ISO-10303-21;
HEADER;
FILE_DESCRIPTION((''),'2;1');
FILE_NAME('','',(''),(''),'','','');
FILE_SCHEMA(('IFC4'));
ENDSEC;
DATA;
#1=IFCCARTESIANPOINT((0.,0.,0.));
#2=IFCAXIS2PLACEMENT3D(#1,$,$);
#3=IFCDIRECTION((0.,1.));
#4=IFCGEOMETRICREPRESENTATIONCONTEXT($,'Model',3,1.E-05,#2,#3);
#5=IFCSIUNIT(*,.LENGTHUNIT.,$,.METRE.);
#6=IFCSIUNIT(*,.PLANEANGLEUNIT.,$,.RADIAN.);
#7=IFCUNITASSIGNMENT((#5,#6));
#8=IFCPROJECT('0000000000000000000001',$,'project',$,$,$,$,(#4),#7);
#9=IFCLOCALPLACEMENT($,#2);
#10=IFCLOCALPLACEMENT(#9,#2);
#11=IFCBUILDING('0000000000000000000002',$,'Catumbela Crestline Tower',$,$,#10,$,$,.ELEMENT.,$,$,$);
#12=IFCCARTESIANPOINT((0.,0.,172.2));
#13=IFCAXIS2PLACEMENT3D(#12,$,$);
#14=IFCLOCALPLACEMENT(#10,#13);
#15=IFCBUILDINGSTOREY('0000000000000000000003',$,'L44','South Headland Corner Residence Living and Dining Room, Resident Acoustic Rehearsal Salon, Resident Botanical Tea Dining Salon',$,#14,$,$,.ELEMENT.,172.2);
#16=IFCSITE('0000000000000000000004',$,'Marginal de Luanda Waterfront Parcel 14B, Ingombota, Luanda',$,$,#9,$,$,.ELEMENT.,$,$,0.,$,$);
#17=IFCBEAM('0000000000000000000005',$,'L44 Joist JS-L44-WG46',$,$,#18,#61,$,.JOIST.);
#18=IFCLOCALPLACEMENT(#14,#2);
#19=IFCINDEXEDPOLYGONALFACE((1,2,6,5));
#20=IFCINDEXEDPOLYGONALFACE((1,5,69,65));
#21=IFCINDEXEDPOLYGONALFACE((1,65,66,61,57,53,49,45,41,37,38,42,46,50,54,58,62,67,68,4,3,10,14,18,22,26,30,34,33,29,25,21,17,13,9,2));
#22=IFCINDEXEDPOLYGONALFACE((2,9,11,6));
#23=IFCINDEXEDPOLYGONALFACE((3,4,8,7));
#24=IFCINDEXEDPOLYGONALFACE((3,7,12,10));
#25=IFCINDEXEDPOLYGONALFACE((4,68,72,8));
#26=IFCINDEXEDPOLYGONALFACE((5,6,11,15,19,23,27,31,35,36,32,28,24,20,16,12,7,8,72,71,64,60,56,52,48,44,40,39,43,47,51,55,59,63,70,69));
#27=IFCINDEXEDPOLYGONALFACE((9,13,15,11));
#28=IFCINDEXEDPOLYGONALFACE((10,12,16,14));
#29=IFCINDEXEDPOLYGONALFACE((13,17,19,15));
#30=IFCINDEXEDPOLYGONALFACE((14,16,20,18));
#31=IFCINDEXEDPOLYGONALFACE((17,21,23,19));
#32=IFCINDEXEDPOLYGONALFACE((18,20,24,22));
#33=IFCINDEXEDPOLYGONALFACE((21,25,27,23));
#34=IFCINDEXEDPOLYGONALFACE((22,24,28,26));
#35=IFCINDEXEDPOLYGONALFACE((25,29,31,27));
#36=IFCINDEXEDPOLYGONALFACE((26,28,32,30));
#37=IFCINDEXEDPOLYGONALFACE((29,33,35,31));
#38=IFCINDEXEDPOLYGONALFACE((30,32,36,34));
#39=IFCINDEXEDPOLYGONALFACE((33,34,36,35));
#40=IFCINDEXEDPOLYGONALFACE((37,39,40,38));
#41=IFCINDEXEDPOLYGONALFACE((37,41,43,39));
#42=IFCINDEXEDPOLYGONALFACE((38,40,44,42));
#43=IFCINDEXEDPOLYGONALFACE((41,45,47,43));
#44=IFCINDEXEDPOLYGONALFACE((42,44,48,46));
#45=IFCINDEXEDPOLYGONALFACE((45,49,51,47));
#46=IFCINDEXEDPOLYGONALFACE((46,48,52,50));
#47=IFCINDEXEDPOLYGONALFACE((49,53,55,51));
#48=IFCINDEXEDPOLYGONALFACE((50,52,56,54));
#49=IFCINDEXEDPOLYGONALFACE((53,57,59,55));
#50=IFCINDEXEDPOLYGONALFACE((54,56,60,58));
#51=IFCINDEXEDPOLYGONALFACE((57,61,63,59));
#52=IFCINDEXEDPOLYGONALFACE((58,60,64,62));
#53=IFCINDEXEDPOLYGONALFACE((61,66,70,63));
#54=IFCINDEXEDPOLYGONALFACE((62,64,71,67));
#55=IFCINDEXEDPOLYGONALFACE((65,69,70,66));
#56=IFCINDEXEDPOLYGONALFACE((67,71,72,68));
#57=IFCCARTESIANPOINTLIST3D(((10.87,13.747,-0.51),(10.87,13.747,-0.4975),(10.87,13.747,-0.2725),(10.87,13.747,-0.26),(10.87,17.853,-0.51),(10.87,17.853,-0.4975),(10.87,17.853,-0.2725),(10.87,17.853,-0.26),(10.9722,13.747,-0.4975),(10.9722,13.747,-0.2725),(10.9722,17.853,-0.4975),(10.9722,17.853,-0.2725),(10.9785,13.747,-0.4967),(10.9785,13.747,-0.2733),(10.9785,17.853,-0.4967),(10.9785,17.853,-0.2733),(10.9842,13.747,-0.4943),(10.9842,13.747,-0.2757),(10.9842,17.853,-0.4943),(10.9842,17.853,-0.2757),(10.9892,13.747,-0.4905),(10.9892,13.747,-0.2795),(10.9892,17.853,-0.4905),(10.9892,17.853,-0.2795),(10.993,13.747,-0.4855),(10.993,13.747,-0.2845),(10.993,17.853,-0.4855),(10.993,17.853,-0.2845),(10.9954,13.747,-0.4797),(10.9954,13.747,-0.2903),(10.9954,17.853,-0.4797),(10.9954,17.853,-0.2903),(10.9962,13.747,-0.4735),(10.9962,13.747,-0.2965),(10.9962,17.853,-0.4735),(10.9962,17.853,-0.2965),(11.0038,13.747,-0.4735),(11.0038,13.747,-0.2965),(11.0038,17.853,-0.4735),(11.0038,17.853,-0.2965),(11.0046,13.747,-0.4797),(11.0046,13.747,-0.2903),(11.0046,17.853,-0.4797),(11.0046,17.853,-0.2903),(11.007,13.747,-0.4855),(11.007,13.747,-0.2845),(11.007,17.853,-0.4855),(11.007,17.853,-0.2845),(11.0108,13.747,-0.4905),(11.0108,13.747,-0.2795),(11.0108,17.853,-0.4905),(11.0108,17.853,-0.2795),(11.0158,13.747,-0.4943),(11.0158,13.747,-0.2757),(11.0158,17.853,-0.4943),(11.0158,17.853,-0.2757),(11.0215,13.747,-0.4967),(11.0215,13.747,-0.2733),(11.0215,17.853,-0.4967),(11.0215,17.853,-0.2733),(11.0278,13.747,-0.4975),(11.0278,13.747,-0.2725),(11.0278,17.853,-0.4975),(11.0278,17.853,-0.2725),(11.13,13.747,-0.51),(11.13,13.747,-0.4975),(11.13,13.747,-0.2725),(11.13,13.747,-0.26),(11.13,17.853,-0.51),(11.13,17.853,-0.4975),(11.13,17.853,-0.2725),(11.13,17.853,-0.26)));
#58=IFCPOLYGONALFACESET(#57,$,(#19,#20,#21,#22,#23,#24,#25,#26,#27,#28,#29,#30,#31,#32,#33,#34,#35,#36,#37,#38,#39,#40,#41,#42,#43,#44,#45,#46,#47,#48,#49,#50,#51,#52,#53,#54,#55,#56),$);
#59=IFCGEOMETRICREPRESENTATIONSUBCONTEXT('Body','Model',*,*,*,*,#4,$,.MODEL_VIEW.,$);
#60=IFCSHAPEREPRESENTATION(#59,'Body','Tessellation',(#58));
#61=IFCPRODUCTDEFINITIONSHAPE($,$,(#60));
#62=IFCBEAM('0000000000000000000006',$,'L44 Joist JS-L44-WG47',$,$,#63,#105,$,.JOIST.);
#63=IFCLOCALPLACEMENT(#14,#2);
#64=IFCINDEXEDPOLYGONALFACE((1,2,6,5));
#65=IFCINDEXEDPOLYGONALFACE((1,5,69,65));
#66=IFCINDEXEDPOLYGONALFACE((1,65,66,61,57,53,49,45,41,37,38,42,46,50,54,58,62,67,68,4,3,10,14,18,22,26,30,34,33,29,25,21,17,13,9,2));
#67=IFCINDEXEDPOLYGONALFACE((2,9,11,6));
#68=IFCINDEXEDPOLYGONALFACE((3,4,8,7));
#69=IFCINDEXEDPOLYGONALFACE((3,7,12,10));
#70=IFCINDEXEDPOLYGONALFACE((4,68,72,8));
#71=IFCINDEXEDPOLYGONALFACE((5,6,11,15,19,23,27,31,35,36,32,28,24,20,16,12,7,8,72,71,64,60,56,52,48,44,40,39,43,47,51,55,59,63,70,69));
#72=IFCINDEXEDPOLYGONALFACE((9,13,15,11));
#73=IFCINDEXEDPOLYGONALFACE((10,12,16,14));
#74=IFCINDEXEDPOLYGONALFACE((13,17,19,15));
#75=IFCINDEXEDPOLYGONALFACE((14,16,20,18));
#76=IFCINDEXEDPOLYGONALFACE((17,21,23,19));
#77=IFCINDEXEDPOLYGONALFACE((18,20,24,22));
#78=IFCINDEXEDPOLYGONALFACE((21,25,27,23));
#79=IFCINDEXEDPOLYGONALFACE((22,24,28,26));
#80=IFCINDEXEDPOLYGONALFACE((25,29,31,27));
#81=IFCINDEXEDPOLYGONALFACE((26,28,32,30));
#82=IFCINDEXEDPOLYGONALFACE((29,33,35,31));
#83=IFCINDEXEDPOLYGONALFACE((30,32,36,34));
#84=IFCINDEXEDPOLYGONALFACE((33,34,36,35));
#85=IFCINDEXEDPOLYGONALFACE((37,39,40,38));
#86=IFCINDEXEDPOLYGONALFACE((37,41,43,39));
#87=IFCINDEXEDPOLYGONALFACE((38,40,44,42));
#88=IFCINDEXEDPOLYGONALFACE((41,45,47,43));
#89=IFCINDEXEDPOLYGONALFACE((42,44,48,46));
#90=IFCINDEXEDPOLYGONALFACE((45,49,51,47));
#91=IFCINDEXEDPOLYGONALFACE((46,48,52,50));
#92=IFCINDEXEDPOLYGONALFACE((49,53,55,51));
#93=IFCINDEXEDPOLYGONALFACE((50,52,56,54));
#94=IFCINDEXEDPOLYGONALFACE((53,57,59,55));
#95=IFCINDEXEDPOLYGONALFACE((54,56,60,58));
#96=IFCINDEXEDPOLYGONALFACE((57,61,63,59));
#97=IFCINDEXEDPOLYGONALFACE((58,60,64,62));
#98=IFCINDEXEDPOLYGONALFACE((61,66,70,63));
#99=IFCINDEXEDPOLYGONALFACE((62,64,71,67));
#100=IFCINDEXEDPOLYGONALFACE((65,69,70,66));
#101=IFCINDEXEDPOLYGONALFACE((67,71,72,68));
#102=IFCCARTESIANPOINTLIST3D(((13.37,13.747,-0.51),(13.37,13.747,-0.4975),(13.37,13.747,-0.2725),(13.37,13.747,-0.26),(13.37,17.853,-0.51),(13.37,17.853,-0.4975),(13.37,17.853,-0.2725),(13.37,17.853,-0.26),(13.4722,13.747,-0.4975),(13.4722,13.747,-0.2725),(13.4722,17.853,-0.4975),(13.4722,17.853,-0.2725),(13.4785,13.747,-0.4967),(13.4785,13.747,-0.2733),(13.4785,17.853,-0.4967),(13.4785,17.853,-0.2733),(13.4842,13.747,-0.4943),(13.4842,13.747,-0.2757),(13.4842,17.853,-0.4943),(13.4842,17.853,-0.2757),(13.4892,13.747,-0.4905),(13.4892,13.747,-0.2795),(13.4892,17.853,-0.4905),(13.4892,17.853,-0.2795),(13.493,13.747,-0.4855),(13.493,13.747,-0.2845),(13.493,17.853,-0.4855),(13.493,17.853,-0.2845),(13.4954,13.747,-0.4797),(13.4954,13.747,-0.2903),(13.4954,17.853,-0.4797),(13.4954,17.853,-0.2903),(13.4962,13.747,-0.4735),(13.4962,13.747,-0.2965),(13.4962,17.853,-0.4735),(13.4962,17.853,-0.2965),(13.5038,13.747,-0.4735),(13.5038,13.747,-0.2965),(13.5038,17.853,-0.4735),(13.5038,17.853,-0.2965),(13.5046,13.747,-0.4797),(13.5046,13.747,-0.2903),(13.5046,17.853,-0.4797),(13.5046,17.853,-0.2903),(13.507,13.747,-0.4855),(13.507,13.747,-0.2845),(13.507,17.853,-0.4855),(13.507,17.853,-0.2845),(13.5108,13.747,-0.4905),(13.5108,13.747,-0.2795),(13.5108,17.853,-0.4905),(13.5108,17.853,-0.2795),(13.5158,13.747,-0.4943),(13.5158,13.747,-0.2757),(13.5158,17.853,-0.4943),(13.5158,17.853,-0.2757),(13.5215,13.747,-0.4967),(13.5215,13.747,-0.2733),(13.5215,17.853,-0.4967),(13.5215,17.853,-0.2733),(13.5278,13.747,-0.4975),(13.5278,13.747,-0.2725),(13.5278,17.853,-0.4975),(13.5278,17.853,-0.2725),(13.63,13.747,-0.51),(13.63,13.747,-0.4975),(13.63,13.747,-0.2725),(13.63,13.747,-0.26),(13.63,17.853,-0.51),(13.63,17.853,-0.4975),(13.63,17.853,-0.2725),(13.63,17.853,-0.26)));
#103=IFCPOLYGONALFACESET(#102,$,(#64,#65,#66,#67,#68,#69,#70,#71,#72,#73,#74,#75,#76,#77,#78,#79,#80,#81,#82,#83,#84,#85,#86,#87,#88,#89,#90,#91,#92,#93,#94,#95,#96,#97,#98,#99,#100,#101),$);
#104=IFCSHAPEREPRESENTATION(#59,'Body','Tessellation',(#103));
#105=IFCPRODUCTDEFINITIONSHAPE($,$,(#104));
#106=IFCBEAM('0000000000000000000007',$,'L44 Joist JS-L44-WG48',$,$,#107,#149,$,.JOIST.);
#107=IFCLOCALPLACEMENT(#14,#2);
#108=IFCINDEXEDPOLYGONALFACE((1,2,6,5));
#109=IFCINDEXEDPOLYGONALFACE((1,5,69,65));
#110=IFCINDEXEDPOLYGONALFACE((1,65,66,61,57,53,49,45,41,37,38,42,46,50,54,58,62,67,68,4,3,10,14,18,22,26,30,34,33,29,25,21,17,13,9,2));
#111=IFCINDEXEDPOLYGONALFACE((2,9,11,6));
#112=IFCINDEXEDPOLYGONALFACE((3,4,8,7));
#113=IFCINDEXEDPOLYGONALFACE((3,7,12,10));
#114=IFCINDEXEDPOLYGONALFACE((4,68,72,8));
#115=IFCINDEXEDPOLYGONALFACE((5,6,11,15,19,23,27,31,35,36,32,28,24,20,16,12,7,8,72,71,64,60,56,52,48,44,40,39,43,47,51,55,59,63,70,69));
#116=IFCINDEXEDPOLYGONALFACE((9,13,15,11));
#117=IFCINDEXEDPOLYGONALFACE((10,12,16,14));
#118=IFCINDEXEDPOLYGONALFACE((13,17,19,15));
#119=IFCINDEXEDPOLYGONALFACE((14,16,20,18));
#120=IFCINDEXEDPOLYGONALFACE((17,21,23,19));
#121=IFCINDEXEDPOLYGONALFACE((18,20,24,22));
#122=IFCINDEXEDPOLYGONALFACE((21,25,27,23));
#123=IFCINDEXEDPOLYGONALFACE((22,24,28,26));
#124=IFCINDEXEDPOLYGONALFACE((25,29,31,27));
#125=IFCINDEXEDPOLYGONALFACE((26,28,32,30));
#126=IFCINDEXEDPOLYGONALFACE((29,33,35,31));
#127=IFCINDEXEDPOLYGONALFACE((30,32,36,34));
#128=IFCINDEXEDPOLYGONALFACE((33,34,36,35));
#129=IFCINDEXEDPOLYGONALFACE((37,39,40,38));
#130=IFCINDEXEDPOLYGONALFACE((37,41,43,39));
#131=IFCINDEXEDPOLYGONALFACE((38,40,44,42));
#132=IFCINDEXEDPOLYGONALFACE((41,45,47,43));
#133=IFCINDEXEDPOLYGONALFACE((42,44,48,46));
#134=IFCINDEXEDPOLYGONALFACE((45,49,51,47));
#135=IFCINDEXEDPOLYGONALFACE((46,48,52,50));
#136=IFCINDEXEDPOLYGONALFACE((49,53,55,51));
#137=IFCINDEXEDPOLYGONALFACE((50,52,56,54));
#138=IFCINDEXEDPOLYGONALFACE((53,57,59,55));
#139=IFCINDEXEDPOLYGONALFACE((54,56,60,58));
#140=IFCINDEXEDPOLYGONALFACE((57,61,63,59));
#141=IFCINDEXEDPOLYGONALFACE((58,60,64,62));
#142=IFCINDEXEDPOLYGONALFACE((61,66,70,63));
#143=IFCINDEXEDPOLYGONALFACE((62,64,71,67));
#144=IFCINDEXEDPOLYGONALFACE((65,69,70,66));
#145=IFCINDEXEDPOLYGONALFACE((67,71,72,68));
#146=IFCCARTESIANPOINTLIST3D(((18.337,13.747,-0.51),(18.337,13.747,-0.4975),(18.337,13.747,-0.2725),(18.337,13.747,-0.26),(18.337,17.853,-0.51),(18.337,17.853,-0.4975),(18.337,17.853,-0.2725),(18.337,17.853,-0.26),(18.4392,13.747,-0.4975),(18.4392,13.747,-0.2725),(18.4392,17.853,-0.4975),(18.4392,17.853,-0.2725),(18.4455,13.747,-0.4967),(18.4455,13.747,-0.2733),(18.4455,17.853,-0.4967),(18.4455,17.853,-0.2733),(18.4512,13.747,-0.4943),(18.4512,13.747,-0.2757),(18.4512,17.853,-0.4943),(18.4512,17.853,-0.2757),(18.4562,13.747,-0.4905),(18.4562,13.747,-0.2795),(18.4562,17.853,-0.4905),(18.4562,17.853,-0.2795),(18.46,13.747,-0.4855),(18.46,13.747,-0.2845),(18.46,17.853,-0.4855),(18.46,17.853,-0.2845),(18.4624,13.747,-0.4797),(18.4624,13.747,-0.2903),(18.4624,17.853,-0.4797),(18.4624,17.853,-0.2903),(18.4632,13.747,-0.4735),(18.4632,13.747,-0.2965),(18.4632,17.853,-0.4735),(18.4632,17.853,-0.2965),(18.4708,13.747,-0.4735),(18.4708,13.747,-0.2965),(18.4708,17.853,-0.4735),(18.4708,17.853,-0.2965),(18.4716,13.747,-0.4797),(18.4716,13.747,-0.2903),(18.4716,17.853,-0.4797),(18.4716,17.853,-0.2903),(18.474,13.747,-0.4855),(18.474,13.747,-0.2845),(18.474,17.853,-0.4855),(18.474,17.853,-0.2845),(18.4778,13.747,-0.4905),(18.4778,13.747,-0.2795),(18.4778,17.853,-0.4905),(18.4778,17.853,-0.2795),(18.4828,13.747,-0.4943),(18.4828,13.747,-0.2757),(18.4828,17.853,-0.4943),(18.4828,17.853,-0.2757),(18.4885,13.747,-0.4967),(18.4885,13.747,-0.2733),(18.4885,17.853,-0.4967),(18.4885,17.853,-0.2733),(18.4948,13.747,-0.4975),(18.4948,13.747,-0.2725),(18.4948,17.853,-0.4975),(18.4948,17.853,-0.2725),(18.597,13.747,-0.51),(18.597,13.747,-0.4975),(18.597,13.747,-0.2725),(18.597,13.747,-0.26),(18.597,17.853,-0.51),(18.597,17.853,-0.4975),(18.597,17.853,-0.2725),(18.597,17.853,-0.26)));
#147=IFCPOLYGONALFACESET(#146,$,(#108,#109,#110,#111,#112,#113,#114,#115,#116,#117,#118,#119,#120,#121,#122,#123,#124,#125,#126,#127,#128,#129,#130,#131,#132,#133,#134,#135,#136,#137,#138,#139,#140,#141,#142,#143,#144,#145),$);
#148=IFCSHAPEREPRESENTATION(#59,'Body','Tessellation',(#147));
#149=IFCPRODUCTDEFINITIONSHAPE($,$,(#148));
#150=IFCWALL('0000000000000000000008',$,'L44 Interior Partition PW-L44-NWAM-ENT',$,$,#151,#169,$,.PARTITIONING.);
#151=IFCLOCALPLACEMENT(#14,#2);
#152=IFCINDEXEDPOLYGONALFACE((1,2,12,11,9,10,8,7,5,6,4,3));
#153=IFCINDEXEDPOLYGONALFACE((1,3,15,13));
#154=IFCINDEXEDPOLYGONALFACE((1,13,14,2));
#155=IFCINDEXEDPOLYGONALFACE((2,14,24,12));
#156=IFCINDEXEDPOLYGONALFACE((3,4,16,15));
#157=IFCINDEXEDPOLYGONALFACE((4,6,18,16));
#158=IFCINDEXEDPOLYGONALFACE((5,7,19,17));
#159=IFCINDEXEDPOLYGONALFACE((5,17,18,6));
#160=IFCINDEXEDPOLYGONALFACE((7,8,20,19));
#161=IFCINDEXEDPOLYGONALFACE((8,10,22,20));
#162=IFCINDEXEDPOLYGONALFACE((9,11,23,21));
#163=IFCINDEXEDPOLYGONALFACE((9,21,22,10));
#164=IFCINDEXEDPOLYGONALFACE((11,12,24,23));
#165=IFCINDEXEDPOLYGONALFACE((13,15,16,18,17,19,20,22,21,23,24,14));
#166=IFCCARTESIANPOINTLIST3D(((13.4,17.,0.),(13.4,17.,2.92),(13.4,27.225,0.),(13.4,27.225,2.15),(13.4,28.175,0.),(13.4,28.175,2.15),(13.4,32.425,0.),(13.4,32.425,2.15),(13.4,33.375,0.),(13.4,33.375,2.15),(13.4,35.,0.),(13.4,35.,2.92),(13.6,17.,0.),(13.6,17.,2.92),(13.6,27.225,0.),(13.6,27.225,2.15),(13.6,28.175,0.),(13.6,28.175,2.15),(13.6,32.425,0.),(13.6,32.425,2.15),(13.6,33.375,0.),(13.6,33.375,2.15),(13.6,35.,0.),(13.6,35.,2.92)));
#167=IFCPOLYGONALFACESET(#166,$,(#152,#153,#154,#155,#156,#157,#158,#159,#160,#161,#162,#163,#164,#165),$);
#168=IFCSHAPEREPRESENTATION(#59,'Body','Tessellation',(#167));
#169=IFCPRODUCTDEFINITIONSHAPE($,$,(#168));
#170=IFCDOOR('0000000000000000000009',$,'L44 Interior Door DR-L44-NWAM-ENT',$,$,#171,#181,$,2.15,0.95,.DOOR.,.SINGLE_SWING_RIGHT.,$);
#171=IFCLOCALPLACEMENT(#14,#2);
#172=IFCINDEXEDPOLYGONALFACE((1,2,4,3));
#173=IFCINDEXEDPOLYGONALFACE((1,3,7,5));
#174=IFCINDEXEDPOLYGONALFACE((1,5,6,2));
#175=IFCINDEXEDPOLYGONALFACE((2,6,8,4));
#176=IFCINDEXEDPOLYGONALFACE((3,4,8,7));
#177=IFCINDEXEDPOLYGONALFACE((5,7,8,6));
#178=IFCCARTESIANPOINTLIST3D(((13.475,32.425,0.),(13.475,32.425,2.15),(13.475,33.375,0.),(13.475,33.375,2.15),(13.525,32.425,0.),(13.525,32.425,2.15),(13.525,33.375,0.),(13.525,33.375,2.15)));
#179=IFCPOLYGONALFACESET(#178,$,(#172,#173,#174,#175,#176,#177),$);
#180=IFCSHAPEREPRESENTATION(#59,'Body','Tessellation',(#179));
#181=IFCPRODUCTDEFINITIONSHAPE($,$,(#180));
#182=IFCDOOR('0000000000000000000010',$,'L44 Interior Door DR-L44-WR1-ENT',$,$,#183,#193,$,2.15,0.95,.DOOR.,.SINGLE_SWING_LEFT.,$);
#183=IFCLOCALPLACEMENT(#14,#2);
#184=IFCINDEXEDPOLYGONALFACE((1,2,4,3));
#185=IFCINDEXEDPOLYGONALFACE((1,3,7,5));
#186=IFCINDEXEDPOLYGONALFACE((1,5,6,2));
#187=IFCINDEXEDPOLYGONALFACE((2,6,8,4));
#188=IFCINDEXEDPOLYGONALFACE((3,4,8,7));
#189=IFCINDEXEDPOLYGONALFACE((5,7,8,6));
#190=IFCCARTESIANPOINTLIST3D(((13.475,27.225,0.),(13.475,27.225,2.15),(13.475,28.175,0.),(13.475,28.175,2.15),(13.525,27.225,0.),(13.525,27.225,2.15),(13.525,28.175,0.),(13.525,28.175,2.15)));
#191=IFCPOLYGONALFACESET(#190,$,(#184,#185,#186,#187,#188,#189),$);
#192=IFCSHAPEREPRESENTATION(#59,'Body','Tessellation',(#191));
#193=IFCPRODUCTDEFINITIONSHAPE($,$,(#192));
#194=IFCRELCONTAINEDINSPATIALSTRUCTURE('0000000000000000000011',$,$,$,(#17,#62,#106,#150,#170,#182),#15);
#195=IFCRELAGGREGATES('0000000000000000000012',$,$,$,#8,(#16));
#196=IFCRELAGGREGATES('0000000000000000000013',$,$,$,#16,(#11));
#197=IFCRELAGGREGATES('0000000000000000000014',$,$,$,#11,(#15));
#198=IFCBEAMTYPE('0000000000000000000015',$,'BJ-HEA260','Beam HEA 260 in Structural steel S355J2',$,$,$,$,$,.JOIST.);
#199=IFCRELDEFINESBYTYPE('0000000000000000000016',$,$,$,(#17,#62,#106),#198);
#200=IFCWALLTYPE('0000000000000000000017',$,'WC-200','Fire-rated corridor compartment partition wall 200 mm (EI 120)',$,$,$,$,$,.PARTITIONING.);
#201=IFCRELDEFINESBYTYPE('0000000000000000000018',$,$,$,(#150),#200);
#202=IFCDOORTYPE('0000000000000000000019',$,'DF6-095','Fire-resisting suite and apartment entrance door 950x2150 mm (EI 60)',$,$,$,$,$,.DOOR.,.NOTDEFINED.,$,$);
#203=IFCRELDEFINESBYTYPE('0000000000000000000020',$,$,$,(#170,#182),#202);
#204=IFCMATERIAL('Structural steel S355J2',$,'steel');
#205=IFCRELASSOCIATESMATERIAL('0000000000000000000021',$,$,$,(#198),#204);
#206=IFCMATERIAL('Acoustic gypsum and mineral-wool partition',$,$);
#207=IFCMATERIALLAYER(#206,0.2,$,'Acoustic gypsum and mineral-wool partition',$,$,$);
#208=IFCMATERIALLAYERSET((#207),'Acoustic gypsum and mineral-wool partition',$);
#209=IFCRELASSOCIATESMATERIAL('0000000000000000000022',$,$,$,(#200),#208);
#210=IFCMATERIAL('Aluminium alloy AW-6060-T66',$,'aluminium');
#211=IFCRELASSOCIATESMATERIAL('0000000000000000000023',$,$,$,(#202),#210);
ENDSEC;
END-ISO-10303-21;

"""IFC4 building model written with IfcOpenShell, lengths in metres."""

from ifc_helpers import new_model, si_unit, direction, frame, frame_2d, origin, origin_2d, place, context, subcontext, project, spatial, rectangle, i_section, extrude, material, layer, layer_set, material_profile, profile_set, type_object, element, fill, save


model = new_model("IFC4")

# Units and contexts
model_context = context("Model", 3, precision=1e-05, world=origin(), true_north=direction((0.0, 1.0)))
body_context = subcontext(model_context, "Body", "Model", "MODEL_VIEW")
ifc_project = project(units=[si_unit("LENGTHUNIT", "METRE"), si_unit("PLANEANGLEUNIT", "RADIAN")], contexts=[model_context])

# Site, building, storey
site_placement = place(None, origin())
site = spatial("IfcSite", under=ifc_project, at=site_placement, Name="Marginal de Luanda Waterfront Parcel 14B, Ingombota, Luanda", CompositionType="ELEMENT", RefElevation=0.0)
building_placement = place(site_placement, origin())
building = spatial("IfcBuilding", under=site, at=building_placement, Name="Catumbela Crestline Tower", CompositionType="ELEMENT")
storey_placement = place(building_placement, frame((0.0, 0.0, 172.2)))
storey = spatial("IfcBuildingStorey", under=building, at=storey_placement, Name="L44", Description="South Headland Corner Residence Living and Dining Room, Resident Acoustic Rehearsal Salon, Resident Botanical Tea Dining Salon", CompositionType="ELEMENT", Elevation=172.2)

# Shared definitions
ifc_material_1 = material(Name="Structural steel S355J2", Category="steel")

# Beams
ifc_material_profile_1 = material_profile(ifc_material_1, i_section(OverallWidth=0.26, OverallDepth=0.25, WebThickness=0.0075, FlangeThickness=0.0125, FilletRadius=0.024, at=origin_2d()), Name="HEA 260")
ifc_profile_set_1 = profile_set([ifc_material_profile_1], Name="Structural steel S355J2")
beam_type_1 = type_object("IfcBeamType", Name="BJ-HEA260", Description="Beam HEA 260 in Structural steel S355J2", PredefinedType="JOIST", material=ifc_profile_set_1)
for number, where, z_axis, x_axis, name in (
    (1, (11.0, 13.747, -0.385), (0.0, 1.0, 0.0), (-1.0, 0.0, 0.0), "L44 Joist JS-L44-WG46"),
    (2, (13.5, 13.747, -0.385), (0.0, 1.0, 0.0), (-1.0, 0.0, 0.0), "L44 Joist JS-L44-WG47"),
    (3, (18.467, 13.747, -0.385), (0.0, 1.0, 0.0), (-1.0, 0.0, 0.0), "L44 Joist JS-L44-WG48"),
):
    element("IfcBeam", number, at=place(storey_placement, frame(where, z_axis=z_axis, x_axis=x_axis)), inside=storey, type_object=beam_type_1, Name=name, PredefinedType="JOIST", context=body_context, shape_type="SweptSolid", body=[
        extrude(i_section(OverallWidth=0.26, OverallDepth=0.25, WebThickness=0.0075, FlangeThickness=0.0125, FilletRadius=0.024, at=origin_2d()), origin(), (0.0, 0.0, 1.0), 4.106),
    ])

# Wall, openings, doors
ifc_material_2 = material(Name="Acoustic gypsum and mineral-wool partition")
ifc_layer_1 = layer(ifc_material_2, 0.2, Name="Acoustic gypsum and mineral-wool partition")
ifc_layer_set_1 = layer_set([ifc_layer_1], Name="Acoustic gypsum and mineral-wool partition")
wall_type_1 = type_object("IfcWallType", Name="WC-200", Description="Fire-rated corridor compartment partition wall 200 mm (EI 120)", PredefinedType="PARTITIONING", material=ifc_layer_set_1)
wall_1_placement = place(storey_placement, frame((13.5, 17.0, 0.0), z_axis=(0.0, 0.0, 1.0), x_axis=(0.0, 1.0, 0.0)))
wall_1 = element("IfcWall", 4, at=wall_1_placement, inside=storey, type_object=wall_type_1, Name="L44 Interior Partition PW-L44-NWAM-ENT", PredefinedType="PARTITIONING", context=body_context, shape_type="SweptSolid", body=[
    extrude(rectangle(XDim=18.0, YDim=0.2, at=frame_2d((9.0, 0.0))), origin(), (0.0, 0.0, 1.0), 2.92),
])
opening_1_placement = place(wall_1_placement, frame((15.425, 0.0, 0.0)))
opening_1 = element("IfcOpeningElement", 5, at=opening_1_placement, cuts=wall_1, PredefinedType="OPENING", context=body_context, shape_type="SweptSolid", body=[
    extrude(rectangle(XDim=0.95, YDim=2.15, at=frame_2d((0.475, 1.075))), frame((0.0, 0.11, 0.0), z_axis=(0.0, -1.0, 0.0), x_axis=(1.0, 0.0, 0.0)), (0.0, 0.0, 1.0), 0.22),
])
opening_2_placement = place(wall_1_placement, frame((10.225, 0.0, 0.0)))
opening_2 = element("IfcOpeningElement", 6, at=opening_2_placement, cuts=wall_1, PredefinedType="OPENING", context=body_context, shape_type="SweptSolid", body=[
    extrude(rectangle(XDim=0.95, YDim=2.15, at=frame_2d((0.475, 1.075))), frame((0.0, 0.11, 0.0), z_axis=(0.0, -1.0, 0.0), x_axis=(1.0, 0.0, 0.0)), (0.0, 0.0, 1.0), 0.22),
])
ifc_material_3 = material(Name="Aluminium alloy AW-6060-T66", Category="aluminium")
door_type_1 = type_object("IfcDoorType", Name="DF6-095", Description="Fire-resisting suite and apartment entrance door 950x2150 mm (EI 60)", OperationType="NOTDEFINED", PredefinedType="DOOR", material=ifc_material_3)
door_1_placement = place(opening_1_placement, origin())
door_1 = element("IfcDoor", 7, at=door_1_placement, inside=storey, type_object=door_type_1, Name="L44 Interior Door DR-L44-NWAM-ENT", OperationType="SINGLE_SWING_RIGHT", OverallHeight=2.15, OverallWidth=0.95, PredefinedType="DOOR", context=body_context, shape_type="SweptSolid", body=[
    extrude(rectangle(XDim=0.95, YDim=2.15, at=frame_2d((0.475, 1.075))), frame((0.0, 0.025, 0.0), z_axis=(0.0, -1.0, 0.0), x_axis=(1.0, 0.0, 0.0)), (0.0, 0.0, 1.0), 0.05),
])
fill(opening_1, door_1)
door_2_placement = place(opening_2_placement, origin())
door_2 = element("IfcDoor", 8, at=door_2_placement, inside=storey, type_object=door_type_1, Name="L44 Interior Door DR-L44-WR1-ENT", OperationType="SINGLE_SWING_LEFT", OverallHeight=2.15, OverallWidth=0.95, PredefinedType="DOOR", context=body_context, shape_type="SweptSolid", body=[
    extrude(rectangle(XDim=0.95, YDim=2.15, at=frame_2d((0.475, 1.075))), frame((0.0, 0.025, 0.0), z_axis=(0.0, -1.0, 0.0), x_axis=(1.0, 0.0, 0.0)), (0.0, 0.0, 1.0), 0.05),
])
fill(opening_2, door_2)

save(model, "model.ifc")
